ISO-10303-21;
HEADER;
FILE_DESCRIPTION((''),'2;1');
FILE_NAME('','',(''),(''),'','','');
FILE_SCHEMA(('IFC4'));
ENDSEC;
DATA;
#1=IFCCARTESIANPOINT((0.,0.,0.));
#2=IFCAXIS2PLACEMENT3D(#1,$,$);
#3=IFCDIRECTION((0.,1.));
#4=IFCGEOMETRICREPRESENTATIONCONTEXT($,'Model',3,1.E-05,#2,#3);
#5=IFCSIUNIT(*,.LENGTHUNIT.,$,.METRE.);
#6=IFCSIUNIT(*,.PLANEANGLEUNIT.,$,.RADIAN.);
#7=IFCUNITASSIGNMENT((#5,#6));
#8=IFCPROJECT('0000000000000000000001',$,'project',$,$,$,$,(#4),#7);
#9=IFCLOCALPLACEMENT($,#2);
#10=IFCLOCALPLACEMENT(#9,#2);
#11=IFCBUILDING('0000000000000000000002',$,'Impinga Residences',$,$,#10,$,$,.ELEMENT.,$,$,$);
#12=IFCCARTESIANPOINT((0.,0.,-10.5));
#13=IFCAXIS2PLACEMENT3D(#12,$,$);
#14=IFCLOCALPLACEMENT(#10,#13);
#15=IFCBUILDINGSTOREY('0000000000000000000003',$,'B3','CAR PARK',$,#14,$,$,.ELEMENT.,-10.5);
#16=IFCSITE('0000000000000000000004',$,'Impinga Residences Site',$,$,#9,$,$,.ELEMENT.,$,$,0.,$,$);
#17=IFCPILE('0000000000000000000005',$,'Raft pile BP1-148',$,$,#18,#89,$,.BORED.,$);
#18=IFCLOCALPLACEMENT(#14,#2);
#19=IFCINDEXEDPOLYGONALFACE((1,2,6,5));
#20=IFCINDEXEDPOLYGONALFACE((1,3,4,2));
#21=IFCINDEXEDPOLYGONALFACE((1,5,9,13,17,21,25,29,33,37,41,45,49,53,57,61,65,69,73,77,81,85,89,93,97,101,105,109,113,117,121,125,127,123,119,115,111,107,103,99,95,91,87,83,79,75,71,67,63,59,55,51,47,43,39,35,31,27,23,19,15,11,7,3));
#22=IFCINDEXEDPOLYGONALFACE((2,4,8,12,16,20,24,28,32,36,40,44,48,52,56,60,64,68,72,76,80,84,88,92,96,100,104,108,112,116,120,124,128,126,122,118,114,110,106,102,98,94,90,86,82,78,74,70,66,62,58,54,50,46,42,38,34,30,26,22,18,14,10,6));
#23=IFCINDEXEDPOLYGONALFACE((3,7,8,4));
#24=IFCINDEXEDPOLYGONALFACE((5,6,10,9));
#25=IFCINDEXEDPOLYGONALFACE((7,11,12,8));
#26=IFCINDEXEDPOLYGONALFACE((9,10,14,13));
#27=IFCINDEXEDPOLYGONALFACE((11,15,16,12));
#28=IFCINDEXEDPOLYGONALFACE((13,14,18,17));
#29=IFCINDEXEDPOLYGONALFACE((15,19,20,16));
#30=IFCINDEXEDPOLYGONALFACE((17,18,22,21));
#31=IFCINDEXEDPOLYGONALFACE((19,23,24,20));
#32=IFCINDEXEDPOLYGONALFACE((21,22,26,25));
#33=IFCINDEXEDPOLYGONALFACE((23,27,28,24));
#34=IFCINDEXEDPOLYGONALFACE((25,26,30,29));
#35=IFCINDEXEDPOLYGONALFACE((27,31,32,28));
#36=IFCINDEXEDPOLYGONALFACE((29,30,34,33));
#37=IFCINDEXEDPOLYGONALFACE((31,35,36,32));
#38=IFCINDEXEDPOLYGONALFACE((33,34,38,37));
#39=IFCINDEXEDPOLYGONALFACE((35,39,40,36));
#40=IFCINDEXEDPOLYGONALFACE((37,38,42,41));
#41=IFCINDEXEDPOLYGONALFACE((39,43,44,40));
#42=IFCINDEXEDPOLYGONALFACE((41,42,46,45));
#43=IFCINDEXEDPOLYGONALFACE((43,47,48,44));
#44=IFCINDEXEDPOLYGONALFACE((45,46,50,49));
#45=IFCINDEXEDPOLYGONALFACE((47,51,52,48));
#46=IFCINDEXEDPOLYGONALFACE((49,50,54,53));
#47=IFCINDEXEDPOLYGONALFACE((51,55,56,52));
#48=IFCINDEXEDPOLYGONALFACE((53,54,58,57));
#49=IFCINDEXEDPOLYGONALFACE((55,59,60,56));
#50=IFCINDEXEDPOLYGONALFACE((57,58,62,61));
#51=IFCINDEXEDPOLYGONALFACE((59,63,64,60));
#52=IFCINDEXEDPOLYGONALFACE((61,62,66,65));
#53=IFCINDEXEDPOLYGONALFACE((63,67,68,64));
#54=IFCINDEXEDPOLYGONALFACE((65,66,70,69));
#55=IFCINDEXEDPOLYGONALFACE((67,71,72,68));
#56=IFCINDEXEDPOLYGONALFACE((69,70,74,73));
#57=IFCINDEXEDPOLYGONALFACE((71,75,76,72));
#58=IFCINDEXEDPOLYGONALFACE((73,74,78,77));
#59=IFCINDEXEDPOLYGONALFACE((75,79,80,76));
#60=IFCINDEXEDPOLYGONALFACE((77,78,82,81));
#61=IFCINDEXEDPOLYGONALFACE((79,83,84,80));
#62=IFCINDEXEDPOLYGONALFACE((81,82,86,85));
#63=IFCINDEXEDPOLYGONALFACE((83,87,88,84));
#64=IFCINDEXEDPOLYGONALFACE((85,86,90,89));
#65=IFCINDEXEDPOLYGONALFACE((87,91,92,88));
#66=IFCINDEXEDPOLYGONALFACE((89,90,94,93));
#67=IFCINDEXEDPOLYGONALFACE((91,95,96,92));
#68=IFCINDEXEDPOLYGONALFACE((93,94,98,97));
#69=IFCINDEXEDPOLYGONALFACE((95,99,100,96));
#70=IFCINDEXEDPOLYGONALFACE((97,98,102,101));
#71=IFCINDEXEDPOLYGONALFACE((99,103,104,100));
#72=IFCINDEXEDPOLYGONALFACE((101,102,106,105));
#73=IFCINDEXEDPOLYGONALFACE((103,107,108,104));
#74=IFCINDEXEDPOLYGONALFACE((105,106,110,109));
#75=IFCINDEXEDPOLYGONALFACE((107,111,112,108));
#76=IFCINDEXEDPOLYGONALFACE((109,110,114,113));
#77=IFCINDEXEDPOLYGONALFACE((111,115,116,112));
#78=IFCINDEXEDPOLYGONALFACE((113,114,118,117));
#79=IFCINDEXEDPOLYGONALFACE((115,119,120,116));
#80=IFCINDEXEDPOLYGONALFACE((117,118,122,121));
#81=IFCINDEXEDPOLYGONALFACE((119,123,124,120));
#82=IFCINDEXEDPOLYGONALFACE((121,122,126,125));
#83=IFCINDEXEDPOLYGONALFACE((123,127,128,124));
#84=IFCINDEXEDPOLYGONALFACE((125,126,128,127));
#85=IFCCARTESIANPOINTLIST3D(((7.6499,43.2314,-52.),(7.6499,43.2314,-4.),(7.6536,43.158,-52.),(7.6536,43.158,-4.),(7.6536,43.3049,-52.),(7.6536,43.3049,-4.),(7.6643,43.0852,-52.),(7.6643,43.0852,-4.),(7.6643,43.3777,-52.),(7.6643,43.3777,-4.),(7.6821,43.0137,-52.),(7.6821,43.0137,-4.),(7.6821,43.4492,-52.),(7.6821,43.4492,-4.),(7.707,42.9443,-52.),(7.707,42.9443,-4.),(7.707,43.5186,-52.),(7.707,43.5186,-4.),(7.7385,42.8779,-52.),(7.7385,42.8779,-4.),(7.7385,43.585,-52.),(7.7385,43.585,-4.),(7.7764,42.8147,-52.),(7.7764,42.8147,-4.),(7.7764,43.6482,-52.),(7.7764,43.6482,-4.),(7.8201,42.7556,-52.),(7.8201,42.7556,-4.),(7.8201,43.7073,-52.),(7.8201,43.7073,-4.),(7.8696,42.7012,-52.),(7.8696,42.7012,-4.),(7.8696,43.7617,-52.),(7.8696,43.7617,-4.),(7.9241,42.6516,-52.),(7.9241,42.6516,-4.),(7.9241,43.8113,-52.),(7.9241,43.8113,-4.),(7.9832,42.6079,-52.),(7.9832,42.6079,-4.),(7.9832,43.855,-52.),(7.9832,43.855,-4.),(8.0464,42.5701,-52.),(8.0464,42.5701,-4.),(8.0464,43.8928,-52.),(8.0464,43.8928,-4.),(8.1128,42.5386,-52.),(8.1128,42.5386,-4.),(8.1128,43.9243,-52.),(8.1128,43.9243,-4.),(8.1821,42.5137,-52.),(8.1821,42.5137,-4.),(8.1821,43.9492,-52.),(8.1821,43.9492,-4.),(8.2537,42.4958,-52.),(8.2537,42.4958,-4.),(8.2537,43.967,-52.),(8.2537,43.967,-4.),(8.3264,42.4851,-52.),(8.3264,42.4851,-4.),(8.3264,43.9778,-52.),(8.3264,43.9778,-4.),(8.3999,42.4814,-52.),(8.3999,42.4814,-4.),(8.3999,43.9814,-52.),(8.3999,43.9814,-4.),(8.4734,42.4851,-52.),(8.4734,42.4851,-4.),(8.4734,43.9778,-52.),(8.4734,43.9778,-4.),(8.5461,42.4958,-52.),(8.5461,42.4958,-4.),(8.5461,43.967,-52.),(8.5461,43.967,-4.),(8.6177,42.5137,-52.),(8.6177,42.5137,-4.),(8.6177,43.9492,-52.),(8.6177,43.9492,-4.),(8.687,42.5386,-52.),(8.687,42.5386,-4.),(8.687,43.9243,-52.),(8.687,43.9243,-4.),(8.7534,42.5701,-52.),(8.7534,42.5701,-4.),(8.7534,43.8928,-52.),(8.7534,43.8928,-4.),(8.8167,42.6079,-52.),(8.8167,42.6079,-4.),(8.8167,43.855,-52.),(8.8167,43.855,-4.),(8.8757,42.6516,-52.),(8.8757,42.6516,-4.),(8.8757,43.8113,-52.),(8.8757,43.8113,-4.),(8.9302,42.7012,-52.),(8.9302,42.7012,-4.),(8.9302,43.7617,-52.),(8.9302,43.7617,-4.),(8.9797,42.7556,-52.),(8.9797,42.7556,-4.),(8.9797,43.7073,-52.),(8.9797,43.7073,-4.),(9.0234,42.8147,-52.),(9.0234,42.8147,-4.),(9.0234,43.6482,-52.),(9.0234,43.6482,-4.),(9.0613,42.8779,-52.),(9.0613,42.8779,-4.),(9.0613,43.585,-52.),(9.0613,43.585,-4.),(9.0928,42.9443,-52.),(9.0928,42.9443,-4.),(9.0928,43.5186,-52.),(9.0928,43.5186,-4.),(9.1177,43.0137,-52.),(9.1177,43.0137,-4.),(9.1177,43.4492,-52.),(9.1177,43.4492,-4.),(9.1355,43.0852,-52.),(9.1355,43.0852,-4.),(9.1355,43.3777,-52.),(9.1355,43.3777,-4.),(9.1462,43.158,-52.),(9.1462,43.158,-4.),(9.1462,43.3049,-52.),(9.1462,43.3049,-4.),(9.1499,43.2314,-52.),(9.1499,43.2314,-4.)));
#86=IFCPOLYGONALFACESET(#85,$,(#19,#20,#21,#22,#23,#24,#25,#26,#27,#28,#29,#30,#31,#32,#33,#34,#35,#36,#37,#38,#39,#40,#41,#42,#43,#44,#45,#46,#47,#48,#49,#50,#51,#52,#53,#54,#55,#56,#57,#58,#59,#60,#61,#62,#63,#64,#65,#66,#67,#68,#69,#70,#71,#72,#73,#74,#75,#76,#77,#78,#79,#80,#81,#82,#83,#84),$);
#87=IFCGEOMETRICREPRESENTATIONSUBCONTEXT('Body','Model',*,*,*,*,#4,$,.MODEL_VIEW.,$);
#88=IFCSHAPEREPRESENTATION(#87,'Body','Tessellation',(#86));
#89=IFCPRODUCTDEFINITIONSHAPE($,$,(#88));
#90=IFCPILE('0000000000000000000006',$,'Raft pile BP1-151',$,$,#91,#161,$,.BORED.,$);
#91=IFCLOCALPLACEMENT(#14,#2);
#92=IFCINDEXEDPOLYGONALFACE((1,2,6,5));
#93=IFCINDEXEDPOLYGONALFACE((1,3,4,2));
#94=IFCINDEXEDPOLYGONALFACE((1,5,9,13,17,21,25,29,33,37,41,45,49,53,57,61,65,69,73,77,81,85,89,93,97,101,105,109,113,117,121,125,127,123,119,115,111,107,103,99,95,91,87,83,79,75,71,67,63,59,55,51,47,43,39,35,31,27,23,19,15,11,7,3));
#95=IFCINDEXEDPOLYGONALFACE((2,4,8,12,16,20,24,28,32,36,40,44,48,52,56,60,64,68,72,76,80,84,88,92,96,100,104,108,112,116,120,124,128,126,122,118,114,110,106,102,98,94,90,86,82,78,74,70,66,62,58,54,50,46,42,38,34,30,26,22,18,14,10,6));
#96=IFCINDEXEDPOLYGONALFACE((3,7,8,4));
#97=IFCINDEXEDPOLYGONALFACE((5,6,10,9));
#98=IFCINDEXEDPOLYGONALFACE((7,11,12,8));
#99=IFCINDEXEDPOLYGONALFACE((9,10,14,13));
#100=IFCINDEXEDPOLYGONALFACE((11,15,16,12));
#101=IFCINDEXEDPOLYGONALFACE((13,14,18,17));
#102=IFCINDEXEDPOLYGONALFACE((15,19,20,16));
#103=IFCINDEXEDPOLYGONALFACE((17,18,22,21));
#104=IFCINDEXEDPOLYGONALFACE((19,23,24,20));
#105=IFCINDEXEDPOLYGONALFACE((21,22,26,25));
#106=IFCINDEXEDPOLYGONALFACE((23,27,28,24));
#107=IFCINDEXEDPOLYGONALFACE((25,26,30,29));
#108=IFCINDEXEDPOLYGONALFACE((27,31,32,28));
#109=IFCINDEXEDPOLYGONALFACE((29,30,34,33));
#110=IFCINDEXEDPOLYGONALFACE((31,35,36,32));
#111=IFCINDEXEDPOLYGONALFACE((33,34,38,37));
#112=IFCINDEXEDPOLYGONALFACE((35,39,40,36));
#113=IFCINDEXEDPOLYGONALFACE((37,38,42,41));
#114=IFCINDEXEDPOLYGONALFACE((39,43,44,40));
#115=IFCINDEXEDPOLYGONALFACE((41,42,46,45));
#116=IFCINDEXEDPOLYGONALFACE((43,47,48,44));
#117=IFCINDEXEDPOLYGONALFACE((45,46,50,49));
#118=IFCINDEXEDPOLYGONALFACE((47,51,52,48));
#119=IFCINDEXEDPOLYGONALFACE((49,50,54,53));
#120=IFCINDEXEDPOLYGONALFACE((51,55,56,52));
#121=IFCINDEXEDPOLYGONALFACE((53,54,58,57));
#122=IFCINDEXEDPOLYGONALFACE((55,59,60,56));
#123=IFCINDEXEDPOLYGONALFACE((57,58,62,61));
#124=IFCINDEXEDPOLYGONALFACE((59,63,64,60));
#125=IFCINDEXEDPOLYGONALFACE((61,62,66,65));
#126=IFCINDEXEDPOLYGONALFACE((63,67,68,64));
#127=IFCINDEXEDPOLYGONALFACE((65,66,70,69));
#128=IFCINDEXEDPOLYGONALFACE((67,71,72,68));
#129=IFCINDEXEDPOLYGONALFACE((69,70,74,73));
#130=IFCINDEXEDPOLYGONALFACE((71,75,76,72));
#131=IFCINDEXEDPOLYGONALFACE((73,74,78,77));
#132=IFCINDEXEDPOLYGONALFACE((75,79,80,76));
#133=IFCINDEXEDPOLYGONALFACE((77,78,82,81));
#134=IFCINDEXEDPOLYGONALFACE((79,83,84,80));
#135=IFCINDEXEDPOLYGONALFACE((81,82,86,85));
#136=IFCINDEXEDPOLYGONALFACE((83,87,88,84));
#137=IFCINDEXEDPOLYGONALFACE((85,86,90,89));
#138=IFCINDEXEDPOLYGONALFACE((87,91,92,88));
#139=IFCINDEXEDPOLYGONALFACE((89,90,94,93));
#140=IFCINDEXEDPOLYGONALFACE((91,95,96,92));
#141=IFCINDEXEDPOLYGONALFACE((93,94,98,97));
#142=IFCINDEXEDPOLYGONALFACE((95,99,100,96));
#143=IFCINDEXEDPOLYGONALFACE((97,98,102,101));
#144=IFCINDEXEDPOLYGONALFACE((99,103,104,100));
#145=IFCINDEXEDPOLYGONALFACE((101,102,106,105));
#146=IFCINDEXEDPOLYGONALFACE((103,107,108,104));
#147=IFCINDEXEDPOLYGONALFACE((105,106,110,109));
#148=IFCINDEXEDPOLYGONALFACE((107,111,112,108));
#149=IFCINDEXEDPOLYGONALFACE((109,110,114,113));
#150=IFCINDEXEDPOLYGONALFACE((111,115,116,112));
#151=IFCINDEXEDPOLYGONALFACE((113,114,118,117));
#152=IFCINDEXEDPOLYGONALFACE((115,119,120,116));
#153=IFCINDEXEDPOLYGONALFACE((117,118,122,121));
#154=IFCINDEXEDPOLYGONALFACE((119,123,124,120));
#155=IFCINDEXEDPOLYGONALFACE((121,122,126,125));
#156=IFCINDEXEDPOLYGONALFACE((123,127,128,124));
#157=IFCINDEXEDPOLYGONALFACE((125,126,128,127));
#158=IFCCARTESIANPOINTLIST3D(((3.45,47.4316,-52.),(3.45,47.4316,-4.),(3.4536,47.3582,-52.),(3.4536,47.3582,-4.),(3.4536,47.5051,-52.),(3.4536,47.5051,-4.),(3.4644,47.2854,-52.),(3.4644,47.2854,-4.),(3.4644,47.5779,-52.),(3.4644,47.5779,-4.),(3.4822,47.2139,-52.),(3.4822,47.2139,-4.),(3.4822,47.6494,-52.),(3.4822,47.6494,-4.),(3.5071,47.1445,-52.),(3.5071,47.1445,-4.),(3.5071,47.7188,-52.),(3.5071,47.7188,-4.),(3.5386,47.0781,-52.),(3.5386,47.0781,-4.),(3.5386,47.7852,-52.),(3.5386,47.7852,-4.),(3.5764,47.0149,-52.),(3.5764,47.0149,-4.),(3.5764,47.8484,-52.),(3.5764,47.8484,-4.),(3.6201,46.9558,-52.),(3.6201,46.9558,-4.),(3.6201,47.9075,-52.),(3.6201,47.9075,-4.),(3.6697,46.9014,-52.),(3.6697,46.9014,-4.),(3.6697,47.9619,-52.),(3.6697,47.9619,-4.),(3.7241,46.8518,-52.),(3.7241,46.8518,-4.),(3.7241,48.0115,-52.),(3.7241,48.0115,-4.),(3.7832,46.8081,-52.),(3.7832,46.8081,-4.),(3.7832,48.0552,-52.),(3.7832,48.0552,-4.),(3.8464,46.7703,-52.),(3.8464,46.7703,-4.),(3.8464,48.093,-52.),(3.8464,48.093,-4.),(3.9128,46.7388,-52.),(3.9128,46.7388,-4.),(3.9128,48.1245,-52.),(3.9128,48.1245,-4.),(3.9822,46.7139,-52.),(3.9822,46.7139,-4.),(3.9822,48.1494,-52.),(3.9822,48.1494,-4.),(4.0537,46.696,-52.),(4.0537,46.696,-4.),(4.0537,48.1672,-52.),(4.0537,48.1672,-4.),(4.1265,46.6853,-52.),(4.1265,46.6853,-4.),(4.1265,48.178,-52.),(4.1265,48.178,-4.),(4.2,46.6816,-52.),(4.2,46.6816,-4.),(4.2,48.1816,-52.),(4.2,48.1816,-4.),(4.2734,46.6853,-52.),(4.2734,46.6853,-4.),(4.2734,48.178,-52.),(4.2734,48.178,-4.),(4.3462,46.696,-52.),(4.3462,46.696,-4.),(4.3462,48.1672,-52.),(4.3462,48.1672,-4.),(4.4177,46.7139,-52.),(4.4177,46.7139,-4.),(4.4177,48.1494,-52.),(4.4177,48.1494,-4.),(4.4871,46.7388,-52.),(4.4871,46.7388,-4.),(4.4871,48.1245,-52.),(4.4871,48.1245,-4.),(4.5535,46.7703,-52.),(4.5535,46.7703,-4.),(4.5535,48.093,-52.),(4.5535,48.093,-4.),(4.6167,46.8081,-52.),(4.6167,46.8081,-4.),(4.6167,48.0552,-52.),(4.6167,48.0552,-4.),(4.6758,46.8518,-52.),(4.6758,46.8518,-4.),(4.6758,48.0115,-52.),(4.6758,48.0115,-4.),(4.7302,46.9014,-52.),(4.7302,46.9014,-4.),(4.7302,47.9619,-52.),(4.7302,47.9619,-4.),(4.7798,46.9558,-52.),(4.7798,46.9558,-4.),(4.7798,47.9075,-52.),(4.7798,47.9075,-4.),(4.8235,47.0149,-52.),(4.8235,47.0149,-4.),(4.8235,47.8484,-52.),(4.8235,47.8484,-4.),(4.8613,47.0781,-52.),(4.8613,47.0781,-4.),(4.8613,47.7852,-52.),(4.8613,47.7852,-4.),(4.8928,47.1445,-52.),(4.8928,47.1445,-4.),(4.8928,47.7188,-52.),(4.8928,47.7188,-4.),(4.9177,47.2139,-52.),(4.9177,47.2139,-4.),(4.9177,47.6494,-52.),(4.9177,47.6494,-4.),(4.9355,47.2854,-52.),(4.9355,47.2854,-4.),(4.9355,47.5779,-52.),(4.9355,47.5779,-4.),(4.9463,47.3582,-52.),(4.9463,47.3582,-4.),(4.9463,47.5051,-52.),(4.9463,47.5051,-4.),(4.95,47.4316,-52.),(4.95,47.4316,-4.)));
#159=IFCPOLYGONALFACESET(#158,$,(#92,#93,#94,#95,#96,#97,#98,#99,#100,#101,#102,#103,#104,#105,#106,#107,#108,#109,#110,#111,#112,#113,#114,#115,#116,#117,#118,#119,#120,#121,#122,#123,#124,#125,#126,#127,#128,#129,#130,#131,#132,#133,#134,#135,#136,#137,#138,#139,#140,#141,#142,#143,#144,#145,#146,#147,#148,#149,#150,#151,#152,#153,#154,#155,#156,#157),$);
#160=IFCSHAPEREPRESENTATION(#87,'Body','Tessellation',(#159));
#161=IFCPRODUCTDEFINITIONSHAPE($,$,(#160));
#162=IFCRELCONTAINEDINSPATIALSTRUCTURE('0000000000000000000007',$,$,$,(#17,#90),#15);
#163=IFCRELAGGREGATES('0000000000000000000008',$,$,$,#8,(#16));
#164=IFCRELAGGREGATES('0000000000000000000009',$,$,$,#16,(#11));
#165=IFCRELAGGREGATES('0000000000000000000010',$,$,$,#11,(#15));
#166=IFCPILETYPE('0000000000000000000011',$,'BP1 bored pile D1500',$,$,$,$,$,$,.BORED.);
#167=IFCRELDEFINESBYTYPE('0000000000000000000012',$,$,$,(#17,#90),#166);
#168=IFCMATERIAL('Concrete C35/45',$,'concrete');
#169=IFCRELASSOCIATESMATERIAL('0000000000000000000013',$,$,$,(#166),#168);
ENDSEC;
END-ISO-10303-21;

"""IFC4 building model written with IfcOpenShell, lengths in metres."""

from ifc_helpers import new_model, si_unit, direction, frame, origin, origin_2d, place, context, subcontext, project, spatial, polyline, circle, outline, extrude, material, material_profile, profile_set, type_object, element, save


model = new_model("IFC4")

# Units and contexts
model_context = context("Model", 3, precision=1e-05, world=origin(), true_north=direction((0.0, 1.0)))
body_context = subcontext(model_context, "Body", "Model", "MODEL_VIEW")
ifc_project = project(units=[si_unit("LENGTHUNIT", "METRE"), si_unit("PLANEANGLEUNIT", "RADIAN")], contexts=[model_context])

# Site, building, storey
site_placement = place(None, origin())
site = spatial("IfcSite", under=ifc_project, at=site_placement, Name="Impinga Residences Site", CompositionType="ELEMENT", RefElevation=0.0)
building_placement = place(site_placement, origin())
building = spatial("IfcBuilding", under=site, at=building_placement, Name="Impinga Residences", CompositionType="ELEMENT")
storey_placement = place(building_placement, frame((0.0, 0.0, -10.5)))
storey = spatial("IfcBuildingStorey", under=building, at=storey_placement, Name="B3", Description="CAR PARK", CompositionType="ELEMENT", Elevation=-10.5)

# Piles
ifc_material_1 = material(Name="Concrete C35/45", Category="concrete")
ifc_material_profile_1 = material_profile(ifc_material_1, circle(Radius=0.75, at=origin_2d()), Name="D1500")
ifc_profile_set_1 = profile_set([ifc_material_profile_1], Name="Concrete C35/45")
pile_type_1 = type_object("IfcPileType", Name="BP1 bored pile D1500", PredefinedType="BORED", material=ifc_profile_set_1)
pile_1_placement = place(storey_placement, frame((8.3999, 43.2314, -4.0), z_axis=(0.0, 0.0, -1.0), x_axis=(1.0, 0.0, 0.0)))
element("IfcPile", 1, at=pile_1_placement, inside=storey, type_object=pile_type_1, Name="Raft pile BP1-148", PredefinedType="BORED", context=body_context, shape_type="SweptSolid", body=[
    extrude(outline(polyline([(0.75, 0.0), (0.7463, 0.0735), (0.7356, 0.1462), (0.7178, 0.2178), (0.6929, 0.2871), (0.6614, 0.3535), (0.6235, 0.4167), (0.5798, 0.4758), (0.5303, 0.5303), (0.4758, 0.5798), (0.4167, 0.6235), (0.3535, 0.6614), (0.2871, 0.6929), (0.2178, 0.7178), (0.1462, 0.7356), (0.0735, 0.7463), (0.0, 0.75), (-0.0735, 0.7463), (-0.1462, 0.7356), (-0.2178, 0.7178), (-0.2871, 0.6929), (-0.3535, 0.6614), (-0.4167, 0.6235), (-0.4758, 0.5798), (-0.5303, 0.5303), (-0.5798, 0.4758), (-0.6235, 0.4167), (-0.6614, 0.3535), (-0.6929, 0.2871), (-0.7178, 0.2178), (-0.7356, 0.1462), (-0.7463, 0.0735), (-0.75, 0.0), (-0.7463, -0.0735), (-0.7356, -0.1462), (-0.7178, -0.2178), (-0.6929, -0.2871), (-0.6614, -0.3535), (-0.6235, -0.4167), (-0.5798, -0.4758), (-0.5303, -0.5303), (-0.4758, -0.5798), (-0.4167, -0.6235), (-0.3535, -0.6614), (-0.2871, -0.6929), (-0.2178, -0.7178), (-0.1462, -0.7356), (-0.0735, -0.7463), (0.0, -0.75), (0.0735, -0.7463), (0.1462, -0.7356), (0.2178, -0.7178), (0.2871, -0.6929), (0.3535, -0.6614), (0.4167, -0.6235), (0.4758, -0.5798), (0.5303, -0.5303), (0.5798, -0.4758), (0.6235, -0.4167), (0.6614, -0.3535), (0.6929, -0.2871), (0.7178, -0.2178), (0.7356, -0.1462), (0.7463, -0.0735), (0.75, 0.0)])), origin(), (0.0, 0.0, 1.0), 48.0),
])
pile_2_placement = place(storey_placement, frame((4.2, 47.4316, -4.0), z_axis=(0.0, 0.0, -1.0), x_axis=(1.0, 0.0, 0.0)))
element("IfcPile", 2, at=pile_2_placement, inside=storey, type_object=pile_type_1, Name="Raft pile BP1-151", PredefinedType="BORED", context=body_context, shape_type="SweptSolid", body=[
    extrude(outline(polyline([(0.75, 0.0), (0.7463, 0.0735), (0.7356, 0.1462), (0.7178, 0.2178), (0.6929, 0.2871), (0.6614, 0.3535), (0.6235, 0.4167), (0.5798, 0.4758), (0.5303, 0.5303), (0.4758, 0.5798), (0.4167, 0.6235), (0.3535, 0.6614), (0.2871, 0.6929), (0.2178, 0.7178), (0.1462, 0.7356), (0.0735, 0.7463), (0.0, 0.75), (-0.0735, 0.7463), (-0.1462, 0.7356), (-0.2178, 0.7178), (-0.2871, 0.6929), (-0.3535, 0.6614), (-0.4167, 0.6235), (-0.4758, 0.5798), (-0.5303, 0.5303), (-0.5798, 0.4758), (-0.6235, 0.4167), (-0.6614, 0.3535), (-0.6929, 0.2871), (-0.7178, 0.2178), (-0.7356, 0.1462), (-0.7463, 0.0735), (-0.75, 0.0), (-0.7463, -0.0735), (-0.7356, -0.1462), (-0.7178, -0.2178), (-0.6929, -0.2871), (-0.6614, -0.3535), (-0.6235, -0.4167), (-0.5798, -0.4758), (-0.5303, -0.5303), (-0.4758, -0.5798), (-0.4167, -0.6235), (-0.3535, -0.6614), (-0.2871, -0.6929), (-0.2178, -0.7178), (-0.1462, -0.7356), (-0.0735, -0.7463), (0.0, -0.75), (0.0735, -0.7463), (0.1462, -0.7356), (0.2178, -0.7178), (0.2871, -0.6929), (0.3535, -0.6614), (0.4167, -0.6235), (0.4758, -0.5798), (0.5303, -0.5303), (0.5798, -0.4758), (0.6235, -0.4167), (0.6614, -0.3535), (0.6929, -0.2871), (0.7178, -0.2178), (0.7356, -0.1462), (0.7463, -0.0735), (0.75, 0.0)])), origin(), (0.0, 0.0, 1.0), 48.0),
])

save(model, "model.ifc")
